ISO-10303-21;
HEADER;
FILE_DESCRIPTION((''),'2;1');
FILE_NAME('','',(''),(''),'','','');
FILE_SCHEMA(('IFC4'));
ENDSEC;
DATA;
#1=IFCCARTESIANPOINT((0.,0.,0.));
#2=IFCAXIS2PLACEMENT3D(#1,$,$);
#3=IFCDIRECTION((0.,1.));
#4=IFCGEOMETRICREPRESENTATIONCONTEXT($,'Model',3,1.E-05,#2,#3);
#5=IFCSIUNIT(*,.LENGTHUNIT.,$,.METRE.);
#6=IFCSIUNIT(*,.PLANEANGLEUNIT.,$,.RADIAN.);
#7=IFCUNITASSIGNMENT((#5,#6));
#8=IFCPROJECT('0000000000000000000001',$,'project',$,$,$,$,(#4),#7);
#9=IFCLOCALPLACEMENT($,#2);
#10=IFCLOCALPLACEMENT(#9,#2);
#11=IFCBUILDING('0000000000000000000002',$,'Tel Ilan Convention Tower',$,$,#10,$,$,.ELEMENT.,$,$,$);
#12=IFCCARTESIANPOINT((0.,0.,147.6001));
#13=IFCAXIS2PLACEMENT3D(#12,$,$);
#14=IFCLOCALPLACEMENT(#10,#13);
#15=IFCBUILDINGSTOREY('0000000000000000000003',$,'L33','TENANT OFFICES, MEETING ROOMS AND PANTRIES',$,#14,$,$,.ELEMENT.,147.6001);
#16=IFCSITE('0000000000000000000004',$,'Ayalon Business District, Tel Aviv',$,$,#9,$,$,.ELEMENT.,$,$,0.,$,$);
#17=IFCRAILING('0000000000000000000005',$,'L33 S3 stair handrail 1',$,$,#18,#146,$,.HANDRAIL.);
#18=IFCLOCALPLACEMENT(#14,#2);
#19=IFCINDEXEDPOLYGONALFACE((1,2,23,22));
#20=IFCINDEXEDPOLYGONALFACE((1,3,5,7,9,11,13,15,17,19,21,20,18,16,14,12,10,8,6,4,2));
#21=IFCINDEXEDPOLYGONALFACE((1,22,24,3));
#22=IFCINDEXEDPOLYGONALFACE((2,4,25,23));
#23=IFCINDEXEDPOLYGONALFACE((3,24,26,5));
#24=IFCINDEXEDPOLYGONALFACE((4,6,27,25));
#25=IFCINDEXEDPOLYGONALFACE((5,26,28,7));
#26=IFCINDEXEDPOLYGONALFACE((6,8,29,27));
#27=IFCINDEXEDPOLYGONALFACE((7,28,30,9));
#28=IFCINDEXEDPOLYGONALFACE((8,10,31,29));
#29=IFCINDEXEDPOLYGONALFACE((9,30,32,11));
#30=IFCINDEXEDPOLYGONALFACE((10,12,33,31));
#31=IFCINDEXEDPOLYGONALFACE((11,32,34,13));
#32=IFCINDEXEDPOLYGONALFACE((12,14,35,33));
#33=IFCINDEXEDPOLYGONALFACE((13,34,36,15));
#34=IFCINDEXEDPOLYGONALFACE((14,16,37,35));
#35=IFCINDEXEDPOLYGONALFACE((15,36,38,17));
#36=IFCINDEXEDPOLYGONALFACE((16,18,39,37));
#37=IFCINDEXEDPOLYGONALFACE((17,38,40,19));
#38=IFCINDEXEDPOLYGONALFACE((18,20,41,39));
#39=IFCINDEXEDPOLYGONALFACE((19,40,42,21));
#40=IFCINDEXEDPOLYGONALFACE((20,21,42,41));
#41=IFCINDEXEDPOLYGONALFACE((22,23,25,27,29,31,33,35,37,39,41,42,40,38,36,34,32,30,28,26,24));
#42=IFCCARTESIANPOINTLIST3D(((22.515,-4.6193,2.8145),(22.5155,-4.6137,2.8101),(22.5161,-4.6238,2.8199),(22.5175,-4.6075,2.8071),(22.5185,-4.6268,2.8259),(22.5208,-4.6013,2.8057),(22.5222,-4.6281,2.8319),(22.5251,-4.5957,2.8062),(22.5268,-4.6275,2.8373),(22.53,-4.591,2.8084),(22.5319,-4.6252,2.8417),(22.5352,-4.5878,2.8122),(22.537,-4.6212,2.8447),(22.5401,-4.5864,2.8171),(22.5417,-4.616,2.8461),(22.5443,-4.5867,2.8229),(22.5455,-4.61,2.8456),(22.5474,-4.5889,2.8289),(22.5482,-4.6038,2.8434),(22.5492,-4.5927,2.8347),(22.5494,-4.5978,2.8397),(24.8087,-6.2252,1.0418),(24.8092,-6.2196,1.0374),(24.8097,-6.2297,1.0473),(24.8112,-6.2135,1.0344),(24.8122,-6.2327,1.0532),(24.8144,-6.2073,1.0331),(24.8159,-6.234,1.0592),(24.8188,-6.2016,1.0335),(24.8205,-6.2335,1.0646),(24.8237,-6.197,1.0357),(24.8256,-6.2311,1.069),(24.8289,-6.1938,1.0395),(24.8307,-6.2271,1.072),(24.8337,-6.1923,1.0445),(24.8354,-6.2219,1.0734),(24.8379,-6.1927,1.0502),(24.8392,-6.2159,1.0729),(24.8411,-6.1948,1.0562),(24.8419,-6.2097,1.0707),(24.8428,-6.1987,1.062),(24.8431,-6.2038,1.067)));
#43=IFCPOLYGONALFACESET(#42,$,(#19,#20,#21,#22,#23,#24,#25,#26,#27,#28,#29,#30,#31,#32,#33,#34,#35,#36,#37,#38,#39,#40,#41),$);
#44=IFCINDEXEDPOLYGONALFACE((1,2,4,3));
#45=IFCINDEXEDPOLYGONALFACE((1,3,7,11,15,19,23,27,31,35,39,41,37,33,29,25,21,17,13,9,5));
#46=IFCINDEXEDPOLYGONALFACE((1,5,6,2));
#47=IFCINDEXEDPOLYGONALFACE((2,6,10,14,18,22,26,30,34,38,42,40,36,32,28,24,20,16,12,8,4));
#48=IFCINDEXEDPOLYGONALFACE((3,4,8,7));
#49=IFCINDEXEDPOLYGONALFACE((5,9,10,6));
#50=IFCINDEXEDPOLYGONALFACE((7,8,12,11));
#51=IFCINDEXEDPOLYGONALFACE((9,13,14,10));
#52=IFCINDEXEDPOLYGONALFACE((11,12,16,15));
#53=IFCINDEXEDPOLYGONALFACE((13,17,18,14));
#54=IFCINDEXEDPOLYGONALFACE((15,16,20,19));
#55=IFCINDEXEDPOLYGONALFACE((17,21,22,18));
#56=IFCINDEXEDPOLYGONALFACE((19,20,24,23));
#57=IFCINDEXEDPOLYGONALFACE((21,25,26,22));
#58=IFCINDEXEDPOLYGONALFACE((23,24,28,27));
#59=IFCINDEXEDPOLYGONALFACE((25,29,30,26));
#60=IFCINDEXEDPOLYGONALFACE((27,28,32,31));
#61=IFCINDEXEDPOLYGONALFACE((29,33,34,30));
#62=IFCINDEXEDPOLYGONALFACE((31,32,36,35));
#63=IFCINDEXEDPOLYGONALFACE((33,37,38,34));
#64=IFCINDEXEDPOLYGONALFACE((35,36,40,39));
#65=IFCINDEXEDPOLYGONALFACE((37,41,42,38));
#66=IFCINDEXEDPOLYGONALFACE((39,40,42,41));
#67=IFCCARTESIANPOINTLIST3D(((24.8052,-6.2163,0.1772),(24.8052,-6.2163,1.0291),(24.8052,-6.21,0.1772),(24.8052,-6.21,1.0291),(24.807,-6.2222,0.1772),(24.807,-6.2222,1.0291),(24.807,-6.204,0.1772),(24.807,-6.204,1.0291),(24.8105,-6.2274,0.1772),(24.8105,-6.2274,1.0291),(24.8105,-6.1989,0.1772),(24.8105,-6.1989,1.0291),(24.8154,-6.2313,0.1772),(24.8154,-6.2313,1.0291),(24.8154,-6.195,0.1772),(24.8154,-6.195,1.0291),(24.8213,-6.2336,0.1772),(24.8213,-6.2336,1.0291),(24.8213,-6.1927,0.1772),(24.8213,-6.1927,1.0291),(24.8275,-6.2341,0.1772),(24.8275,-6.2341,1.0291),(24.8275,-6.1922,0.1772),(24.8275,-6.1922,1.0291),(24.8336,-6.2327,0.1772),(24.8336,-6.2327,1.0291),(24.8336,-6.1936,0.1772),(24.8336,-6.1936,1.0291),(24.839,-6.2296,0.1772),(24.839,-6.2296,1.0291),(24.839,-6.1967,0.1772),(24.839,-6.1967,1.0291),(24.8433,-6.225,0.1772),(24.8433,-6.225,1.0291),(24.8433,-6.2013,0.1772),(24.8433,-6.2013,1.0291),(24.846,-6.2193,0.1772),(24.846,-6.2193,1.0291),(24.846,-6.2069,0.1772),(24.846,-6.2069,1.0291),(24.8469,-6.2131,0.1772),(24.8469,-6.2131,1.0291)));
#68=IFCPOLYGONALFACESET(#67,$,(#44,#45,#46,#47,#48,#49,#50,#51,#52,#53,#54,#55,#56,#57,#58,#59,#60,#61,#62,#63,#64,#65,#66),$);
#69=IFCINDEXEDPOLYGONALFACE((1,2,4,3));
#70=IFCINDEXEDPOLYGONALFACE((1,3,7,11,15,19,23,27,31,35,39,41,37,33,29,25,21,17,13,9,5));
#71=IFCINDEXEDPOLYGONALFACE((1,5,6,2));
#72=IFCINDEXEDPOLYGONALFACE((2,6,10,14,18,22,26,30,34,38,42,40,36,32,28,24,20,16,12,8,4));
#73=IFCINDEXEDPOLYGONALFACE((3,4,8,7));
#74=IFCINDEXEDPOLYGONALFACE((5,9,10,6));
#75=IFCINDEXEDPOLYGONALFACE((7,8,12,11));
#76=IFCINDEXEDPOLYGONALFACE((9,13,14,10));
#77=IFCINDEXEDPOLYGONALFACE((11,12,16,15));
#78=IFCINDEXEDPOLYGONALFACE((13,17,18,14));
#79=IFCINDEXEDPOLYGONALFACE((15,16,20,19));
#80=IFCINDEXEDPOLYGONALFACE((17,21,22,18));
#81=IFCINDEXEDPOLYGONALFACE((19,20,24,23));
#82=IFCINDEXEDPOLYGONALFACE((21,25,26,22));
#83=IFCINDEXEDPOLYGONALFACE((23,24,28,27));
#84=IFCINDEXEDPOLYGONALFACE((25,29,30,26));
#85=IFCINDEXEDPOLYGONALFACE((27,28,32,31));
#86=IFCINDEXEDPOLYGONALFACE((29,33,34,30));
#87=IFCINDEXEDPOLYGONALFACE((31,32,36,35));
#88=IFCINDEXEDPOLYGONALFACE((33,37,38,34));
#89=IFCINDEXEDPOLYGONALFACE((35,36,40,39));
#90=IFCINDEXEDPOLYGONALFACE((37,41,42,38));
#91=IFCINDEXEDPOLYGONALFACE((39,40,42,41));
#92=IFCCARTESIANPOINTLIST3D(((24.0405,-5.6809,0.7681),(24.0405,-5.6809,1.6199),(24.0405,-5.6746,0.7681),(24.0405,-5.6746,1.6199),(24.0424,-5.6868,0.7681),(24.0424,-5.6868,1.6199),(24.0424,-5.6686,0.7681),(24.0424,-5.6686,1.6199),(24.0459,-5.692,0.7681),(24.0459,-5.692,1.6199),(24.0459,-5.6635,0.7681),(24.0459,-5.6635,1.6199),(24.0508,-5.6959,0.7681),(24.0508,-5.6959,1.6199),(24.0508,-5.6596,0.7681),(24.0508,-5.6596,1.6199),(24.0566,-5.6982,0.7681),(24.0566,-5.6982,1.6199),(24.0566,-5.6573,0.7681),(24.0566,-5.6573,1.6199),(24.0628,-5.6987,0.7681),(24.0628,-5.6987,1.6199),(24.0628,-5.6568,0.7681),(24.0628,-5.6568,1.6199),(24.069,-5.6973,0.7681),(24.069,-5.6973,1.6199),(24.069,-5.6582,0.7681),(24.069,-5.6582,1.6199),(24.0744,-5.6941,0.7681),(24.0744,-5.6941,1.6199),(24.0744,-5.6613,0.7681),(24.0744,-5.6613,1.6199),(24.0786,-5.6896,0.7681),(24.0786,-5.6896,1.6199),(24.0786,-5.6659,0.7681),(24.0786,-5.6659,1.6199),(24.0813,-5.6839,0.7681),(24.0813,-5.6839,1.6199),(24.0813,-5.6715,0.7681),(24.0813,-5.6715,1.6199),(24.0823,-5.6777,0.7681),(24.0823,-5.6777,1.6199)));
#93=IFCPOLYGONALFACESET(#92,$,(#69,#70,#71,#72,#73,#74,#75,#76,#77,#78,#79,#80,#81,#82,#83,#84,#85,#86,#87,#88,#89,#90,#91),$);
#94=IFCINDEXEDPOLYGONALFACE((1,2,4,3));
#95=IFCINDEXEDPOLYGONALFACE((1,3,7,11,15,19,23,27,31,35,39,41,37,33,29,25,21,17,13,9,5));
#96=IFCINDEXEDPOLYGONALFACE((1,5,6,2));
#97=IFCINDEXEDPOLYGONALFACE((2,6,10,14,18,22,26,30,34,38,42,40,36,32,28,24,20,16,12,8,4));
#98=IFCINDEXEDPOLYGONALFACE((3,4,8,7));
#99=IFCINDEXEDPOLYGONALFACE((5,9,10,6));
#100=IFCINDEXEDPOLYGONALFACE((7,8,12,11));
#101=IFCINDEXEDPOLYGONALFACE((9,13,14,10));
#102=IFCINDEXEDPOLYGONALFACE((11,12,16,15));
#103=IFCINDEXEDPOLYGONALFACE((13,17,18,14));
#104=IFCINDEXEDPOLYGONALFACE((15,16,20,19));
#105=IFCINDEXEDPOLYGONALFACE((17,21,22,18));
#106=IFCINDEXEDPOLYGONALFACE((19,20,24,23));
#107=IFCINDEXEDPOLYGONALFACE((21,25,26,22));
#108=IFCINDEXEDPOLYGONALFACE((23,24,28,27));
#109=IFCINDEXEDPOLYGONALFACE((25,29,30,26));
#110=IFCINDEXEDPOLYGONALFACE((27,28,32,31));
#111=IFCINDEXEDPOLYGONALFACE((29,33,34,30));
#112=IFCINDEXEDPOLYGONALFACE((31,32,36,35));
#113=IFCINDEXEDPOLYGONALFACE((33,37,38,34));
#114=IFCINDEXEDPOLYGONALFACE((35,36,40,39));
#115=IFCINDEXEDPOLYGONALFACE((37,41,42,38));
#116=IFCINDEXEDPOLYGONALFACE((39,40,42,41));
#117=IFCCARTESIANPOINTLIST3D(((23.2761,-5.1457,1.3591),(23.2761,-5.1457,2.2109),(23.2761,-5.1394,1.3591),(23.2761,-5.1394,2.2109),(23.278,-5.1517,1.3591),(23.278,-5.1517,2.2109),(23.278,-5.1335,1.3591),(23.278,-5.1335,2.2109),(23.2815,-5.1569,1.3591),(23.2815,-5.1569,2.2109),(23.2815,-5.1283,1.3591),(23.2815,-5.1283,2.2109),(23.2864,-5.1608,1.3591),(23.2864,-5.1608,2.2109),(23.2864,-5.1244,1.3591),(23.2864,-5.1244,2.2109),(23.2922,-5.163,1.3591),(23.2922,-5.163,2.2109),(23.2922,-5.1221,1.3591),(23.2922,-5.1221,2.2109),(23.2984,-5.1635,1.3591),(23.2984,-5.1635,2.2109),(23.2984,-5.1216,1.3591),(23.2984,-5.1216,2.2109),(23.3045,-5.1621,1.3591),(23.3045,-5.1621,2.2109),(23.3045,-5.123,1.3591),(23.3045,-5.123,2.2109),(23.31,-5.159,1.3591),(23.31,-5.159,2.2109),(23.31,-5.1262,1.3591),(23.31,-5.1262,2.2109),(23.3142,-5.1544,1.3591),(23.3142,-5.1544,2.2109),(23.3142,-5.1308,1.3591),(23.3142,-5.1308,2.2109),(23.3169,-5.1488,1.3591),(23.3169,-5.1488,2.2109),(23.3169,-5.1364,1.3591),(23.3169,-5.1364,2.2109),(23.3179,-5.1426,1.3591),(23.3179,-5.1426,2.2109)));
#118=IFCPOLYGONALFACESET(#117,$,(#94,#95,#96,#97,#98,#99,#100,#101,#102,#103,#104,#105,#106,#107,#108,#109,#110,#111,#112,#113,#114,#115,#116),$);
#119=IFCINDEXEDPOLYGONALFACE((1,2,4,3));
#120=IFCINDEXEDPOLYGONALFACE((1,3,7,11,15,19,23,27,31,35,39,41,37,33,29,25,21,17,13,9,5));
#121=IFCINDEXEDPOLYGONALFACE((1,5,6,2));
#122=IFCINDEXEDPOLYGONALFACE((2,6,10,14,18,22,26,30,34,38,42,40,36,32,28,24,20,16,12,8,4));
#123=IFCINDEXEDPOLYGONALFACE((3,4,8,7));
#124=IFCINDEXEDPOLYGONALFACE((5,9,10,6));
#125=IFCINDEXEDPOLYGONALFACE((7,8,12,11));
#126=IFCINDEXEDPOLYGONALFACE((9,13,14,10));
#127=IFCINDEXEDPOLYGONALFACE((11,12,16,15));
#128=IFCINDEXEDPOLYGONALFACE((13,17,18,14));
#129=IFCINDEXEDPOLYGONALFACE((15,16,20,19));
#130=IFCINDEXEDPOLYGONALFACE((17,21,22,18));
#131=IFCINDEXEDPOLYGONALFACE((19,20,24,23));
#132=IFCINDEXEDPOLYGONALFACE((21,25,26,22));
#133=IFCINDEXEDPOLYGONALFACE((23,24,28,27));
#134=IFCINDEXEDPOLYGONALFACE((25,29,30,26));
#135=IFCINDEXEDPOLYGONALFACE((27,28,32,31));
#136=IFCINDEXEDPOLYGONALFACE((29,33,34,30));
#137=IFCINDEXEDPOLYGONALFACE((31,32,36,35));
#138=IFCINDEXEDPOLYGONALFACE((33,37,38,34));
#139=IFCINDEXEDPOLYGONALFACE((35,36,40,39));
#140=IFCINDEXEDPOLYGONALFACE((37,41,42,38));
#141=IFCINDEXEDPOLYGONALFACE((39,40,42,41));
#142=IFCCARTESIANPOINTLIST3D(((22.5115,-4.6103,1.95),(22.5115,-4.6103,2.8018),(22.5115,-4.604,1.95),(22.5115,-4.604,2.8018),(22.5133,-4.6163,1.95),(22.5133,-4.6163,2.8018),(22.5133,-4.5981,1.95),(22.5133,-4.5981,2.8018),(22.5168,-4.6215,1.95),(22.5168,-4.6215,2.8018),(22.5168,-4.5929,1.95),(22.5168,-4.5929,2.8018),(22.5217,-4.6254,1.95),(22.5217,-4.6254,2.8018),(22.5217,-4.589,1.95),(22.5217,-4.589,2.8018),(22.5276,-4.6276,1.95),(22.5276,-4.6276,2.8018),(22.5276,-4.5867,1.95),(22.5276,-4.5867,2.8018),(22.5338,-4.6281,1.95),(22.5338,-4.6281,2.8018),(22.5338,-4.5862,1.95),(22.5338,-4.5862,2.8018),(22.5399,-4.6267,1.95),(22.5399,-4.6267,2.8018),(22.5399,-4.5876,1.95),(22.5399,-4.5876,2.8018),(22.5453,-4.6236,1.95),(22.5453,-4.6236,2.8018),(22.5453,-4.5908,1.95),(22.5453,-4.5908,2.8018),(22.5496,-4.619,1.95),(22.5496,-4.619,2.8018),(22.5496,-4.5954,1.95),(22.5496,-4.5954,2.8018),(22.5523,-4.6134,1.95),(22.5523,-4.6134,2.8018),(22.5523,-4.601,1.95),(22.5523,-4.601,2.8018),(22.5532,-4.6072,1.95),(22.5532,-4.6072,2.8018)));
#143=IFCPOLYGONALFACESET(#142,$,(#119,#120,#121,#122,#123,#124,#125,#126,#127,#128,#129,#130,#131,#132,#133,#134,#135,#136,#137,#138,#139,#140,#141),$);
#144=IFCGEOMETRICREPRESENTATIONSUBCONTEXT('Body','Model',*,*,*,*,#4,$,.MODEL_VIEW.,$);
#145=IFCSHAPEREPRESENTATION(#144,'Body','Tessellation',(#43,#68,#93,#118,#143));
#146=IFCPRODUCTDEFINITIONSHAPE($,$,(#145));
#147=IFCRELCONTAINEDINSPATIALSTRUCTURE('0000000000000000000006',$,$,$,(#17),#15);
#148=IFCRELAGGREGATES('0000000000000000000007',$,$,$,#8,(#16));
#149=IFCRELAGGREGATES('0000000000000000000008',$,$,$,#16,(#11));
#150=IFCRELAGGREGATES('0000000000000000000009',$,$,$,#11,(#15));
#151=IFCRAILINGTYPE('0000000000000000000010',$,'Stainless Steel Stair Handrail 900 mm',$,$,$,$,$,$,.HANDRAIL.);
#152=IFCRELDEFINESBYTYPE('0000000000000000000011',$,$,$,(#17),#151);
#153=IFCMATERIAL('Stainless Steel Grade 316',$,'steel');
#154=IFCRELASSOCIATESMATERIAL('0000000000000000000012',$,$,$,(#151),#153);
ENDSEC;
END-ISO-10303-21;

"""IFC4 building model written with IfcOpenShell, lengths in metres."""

from ifc_helpers import new_model, si_unit, direction, frame, origin, origin_2d, place, context, subcontext, project, spatial, circle, extrude, material, type_object, element, save


model = new_model("IFC4")

# Units and contexts
model_context = context("Model", 3, precision=1e-05, world=origin(), true_north=direction((0.0, 1.0)))
body_context = subcontext(model_context, "Body", "Model", "MODEL_VIEW")
ifc_project = project(units=[si_unit("LENGTHUNIT", "METRE"), si_unit("PLANEANGLEUNIT", "RADIAN")], contexts=[model_context])

# Site, building, storey
site_placement = place(None, origin())
site = spatial("IfcSite", under=ifc_project, at=site_placement, Name="Ayalon Business District, Tel Aviv", CompositionType="ELEMENT", RefElevation=0.0)
building_placement = place(site_placement, origin())
building = spatial("IfcBuilding", under=site, at=building_placement, Name="Tel Ilan Convention Tower", CompositionType="ELEMENT")
storey_placement = place(building_placement, frame((0.0, 0.0, 147.6001)))
storey = spatial("IfcBuildingStorey", under=building, at=storey_placement, Name="L33", Description="TENANT OFFICES, MEETING ROOMS AND PANTRIES", CompositionType="ELEMENT", Elevation=147.6001)

# Railing
ifc_material_1 = material(Name="Stainless Steel Grade 316", Category="steel")
railing_type_1 = type_object("IfcRailingType", Name="Stainless Steel Stair Handrail 900 mm", PredefinedType="HANDRAIL", material=ifc_material_1)
railing_1_placement = place(storey_placement, frame((24.8259, -6.2131, 0.1772)))
element("IfcRailing", 1, at=railing_1_placement, inside=storey, type_object=railing_type_1, Name="L33 S3 stair handrail 1", PredefinedType="HANDRAIL", context=body_context, shape_type="SweptSolid", body=[
    extrude(circle(Radius=0.0239, at=origin_2d()), frame((0.0, 0.0, 0.876), z_axis=(-0.692123, 0.484597, 0.534913), x_axis=(-0.57355, -0.81917, 0.0)), (0.0, 0.0, 1.0), 3.314),
    extrude(circle(Radius=0.021, at=origin_2d()), origin(), (0.0, 0.0, 1.0), 0.8518),
    extrude(circle(Radius=0.021, at=origin_2d()), frame((-0.7646, 0.5354, 0.5908)), (0.0, 0.0, 1.0), 0.8518),
    extrude(circle(Radius=0.021, at=origin_2d()), frame((-1.5291, 1.0706, 1.1819)), (0.0, 0.0, 1.0), 0.8518),
    extrude(circle(Radius=0.021, at=origin_2d()), frame((-2.2937, 1.606, 1.7727)), (0.0, 0.0, 1.0), 0.8518),
])

save(model, "model.ifc")
